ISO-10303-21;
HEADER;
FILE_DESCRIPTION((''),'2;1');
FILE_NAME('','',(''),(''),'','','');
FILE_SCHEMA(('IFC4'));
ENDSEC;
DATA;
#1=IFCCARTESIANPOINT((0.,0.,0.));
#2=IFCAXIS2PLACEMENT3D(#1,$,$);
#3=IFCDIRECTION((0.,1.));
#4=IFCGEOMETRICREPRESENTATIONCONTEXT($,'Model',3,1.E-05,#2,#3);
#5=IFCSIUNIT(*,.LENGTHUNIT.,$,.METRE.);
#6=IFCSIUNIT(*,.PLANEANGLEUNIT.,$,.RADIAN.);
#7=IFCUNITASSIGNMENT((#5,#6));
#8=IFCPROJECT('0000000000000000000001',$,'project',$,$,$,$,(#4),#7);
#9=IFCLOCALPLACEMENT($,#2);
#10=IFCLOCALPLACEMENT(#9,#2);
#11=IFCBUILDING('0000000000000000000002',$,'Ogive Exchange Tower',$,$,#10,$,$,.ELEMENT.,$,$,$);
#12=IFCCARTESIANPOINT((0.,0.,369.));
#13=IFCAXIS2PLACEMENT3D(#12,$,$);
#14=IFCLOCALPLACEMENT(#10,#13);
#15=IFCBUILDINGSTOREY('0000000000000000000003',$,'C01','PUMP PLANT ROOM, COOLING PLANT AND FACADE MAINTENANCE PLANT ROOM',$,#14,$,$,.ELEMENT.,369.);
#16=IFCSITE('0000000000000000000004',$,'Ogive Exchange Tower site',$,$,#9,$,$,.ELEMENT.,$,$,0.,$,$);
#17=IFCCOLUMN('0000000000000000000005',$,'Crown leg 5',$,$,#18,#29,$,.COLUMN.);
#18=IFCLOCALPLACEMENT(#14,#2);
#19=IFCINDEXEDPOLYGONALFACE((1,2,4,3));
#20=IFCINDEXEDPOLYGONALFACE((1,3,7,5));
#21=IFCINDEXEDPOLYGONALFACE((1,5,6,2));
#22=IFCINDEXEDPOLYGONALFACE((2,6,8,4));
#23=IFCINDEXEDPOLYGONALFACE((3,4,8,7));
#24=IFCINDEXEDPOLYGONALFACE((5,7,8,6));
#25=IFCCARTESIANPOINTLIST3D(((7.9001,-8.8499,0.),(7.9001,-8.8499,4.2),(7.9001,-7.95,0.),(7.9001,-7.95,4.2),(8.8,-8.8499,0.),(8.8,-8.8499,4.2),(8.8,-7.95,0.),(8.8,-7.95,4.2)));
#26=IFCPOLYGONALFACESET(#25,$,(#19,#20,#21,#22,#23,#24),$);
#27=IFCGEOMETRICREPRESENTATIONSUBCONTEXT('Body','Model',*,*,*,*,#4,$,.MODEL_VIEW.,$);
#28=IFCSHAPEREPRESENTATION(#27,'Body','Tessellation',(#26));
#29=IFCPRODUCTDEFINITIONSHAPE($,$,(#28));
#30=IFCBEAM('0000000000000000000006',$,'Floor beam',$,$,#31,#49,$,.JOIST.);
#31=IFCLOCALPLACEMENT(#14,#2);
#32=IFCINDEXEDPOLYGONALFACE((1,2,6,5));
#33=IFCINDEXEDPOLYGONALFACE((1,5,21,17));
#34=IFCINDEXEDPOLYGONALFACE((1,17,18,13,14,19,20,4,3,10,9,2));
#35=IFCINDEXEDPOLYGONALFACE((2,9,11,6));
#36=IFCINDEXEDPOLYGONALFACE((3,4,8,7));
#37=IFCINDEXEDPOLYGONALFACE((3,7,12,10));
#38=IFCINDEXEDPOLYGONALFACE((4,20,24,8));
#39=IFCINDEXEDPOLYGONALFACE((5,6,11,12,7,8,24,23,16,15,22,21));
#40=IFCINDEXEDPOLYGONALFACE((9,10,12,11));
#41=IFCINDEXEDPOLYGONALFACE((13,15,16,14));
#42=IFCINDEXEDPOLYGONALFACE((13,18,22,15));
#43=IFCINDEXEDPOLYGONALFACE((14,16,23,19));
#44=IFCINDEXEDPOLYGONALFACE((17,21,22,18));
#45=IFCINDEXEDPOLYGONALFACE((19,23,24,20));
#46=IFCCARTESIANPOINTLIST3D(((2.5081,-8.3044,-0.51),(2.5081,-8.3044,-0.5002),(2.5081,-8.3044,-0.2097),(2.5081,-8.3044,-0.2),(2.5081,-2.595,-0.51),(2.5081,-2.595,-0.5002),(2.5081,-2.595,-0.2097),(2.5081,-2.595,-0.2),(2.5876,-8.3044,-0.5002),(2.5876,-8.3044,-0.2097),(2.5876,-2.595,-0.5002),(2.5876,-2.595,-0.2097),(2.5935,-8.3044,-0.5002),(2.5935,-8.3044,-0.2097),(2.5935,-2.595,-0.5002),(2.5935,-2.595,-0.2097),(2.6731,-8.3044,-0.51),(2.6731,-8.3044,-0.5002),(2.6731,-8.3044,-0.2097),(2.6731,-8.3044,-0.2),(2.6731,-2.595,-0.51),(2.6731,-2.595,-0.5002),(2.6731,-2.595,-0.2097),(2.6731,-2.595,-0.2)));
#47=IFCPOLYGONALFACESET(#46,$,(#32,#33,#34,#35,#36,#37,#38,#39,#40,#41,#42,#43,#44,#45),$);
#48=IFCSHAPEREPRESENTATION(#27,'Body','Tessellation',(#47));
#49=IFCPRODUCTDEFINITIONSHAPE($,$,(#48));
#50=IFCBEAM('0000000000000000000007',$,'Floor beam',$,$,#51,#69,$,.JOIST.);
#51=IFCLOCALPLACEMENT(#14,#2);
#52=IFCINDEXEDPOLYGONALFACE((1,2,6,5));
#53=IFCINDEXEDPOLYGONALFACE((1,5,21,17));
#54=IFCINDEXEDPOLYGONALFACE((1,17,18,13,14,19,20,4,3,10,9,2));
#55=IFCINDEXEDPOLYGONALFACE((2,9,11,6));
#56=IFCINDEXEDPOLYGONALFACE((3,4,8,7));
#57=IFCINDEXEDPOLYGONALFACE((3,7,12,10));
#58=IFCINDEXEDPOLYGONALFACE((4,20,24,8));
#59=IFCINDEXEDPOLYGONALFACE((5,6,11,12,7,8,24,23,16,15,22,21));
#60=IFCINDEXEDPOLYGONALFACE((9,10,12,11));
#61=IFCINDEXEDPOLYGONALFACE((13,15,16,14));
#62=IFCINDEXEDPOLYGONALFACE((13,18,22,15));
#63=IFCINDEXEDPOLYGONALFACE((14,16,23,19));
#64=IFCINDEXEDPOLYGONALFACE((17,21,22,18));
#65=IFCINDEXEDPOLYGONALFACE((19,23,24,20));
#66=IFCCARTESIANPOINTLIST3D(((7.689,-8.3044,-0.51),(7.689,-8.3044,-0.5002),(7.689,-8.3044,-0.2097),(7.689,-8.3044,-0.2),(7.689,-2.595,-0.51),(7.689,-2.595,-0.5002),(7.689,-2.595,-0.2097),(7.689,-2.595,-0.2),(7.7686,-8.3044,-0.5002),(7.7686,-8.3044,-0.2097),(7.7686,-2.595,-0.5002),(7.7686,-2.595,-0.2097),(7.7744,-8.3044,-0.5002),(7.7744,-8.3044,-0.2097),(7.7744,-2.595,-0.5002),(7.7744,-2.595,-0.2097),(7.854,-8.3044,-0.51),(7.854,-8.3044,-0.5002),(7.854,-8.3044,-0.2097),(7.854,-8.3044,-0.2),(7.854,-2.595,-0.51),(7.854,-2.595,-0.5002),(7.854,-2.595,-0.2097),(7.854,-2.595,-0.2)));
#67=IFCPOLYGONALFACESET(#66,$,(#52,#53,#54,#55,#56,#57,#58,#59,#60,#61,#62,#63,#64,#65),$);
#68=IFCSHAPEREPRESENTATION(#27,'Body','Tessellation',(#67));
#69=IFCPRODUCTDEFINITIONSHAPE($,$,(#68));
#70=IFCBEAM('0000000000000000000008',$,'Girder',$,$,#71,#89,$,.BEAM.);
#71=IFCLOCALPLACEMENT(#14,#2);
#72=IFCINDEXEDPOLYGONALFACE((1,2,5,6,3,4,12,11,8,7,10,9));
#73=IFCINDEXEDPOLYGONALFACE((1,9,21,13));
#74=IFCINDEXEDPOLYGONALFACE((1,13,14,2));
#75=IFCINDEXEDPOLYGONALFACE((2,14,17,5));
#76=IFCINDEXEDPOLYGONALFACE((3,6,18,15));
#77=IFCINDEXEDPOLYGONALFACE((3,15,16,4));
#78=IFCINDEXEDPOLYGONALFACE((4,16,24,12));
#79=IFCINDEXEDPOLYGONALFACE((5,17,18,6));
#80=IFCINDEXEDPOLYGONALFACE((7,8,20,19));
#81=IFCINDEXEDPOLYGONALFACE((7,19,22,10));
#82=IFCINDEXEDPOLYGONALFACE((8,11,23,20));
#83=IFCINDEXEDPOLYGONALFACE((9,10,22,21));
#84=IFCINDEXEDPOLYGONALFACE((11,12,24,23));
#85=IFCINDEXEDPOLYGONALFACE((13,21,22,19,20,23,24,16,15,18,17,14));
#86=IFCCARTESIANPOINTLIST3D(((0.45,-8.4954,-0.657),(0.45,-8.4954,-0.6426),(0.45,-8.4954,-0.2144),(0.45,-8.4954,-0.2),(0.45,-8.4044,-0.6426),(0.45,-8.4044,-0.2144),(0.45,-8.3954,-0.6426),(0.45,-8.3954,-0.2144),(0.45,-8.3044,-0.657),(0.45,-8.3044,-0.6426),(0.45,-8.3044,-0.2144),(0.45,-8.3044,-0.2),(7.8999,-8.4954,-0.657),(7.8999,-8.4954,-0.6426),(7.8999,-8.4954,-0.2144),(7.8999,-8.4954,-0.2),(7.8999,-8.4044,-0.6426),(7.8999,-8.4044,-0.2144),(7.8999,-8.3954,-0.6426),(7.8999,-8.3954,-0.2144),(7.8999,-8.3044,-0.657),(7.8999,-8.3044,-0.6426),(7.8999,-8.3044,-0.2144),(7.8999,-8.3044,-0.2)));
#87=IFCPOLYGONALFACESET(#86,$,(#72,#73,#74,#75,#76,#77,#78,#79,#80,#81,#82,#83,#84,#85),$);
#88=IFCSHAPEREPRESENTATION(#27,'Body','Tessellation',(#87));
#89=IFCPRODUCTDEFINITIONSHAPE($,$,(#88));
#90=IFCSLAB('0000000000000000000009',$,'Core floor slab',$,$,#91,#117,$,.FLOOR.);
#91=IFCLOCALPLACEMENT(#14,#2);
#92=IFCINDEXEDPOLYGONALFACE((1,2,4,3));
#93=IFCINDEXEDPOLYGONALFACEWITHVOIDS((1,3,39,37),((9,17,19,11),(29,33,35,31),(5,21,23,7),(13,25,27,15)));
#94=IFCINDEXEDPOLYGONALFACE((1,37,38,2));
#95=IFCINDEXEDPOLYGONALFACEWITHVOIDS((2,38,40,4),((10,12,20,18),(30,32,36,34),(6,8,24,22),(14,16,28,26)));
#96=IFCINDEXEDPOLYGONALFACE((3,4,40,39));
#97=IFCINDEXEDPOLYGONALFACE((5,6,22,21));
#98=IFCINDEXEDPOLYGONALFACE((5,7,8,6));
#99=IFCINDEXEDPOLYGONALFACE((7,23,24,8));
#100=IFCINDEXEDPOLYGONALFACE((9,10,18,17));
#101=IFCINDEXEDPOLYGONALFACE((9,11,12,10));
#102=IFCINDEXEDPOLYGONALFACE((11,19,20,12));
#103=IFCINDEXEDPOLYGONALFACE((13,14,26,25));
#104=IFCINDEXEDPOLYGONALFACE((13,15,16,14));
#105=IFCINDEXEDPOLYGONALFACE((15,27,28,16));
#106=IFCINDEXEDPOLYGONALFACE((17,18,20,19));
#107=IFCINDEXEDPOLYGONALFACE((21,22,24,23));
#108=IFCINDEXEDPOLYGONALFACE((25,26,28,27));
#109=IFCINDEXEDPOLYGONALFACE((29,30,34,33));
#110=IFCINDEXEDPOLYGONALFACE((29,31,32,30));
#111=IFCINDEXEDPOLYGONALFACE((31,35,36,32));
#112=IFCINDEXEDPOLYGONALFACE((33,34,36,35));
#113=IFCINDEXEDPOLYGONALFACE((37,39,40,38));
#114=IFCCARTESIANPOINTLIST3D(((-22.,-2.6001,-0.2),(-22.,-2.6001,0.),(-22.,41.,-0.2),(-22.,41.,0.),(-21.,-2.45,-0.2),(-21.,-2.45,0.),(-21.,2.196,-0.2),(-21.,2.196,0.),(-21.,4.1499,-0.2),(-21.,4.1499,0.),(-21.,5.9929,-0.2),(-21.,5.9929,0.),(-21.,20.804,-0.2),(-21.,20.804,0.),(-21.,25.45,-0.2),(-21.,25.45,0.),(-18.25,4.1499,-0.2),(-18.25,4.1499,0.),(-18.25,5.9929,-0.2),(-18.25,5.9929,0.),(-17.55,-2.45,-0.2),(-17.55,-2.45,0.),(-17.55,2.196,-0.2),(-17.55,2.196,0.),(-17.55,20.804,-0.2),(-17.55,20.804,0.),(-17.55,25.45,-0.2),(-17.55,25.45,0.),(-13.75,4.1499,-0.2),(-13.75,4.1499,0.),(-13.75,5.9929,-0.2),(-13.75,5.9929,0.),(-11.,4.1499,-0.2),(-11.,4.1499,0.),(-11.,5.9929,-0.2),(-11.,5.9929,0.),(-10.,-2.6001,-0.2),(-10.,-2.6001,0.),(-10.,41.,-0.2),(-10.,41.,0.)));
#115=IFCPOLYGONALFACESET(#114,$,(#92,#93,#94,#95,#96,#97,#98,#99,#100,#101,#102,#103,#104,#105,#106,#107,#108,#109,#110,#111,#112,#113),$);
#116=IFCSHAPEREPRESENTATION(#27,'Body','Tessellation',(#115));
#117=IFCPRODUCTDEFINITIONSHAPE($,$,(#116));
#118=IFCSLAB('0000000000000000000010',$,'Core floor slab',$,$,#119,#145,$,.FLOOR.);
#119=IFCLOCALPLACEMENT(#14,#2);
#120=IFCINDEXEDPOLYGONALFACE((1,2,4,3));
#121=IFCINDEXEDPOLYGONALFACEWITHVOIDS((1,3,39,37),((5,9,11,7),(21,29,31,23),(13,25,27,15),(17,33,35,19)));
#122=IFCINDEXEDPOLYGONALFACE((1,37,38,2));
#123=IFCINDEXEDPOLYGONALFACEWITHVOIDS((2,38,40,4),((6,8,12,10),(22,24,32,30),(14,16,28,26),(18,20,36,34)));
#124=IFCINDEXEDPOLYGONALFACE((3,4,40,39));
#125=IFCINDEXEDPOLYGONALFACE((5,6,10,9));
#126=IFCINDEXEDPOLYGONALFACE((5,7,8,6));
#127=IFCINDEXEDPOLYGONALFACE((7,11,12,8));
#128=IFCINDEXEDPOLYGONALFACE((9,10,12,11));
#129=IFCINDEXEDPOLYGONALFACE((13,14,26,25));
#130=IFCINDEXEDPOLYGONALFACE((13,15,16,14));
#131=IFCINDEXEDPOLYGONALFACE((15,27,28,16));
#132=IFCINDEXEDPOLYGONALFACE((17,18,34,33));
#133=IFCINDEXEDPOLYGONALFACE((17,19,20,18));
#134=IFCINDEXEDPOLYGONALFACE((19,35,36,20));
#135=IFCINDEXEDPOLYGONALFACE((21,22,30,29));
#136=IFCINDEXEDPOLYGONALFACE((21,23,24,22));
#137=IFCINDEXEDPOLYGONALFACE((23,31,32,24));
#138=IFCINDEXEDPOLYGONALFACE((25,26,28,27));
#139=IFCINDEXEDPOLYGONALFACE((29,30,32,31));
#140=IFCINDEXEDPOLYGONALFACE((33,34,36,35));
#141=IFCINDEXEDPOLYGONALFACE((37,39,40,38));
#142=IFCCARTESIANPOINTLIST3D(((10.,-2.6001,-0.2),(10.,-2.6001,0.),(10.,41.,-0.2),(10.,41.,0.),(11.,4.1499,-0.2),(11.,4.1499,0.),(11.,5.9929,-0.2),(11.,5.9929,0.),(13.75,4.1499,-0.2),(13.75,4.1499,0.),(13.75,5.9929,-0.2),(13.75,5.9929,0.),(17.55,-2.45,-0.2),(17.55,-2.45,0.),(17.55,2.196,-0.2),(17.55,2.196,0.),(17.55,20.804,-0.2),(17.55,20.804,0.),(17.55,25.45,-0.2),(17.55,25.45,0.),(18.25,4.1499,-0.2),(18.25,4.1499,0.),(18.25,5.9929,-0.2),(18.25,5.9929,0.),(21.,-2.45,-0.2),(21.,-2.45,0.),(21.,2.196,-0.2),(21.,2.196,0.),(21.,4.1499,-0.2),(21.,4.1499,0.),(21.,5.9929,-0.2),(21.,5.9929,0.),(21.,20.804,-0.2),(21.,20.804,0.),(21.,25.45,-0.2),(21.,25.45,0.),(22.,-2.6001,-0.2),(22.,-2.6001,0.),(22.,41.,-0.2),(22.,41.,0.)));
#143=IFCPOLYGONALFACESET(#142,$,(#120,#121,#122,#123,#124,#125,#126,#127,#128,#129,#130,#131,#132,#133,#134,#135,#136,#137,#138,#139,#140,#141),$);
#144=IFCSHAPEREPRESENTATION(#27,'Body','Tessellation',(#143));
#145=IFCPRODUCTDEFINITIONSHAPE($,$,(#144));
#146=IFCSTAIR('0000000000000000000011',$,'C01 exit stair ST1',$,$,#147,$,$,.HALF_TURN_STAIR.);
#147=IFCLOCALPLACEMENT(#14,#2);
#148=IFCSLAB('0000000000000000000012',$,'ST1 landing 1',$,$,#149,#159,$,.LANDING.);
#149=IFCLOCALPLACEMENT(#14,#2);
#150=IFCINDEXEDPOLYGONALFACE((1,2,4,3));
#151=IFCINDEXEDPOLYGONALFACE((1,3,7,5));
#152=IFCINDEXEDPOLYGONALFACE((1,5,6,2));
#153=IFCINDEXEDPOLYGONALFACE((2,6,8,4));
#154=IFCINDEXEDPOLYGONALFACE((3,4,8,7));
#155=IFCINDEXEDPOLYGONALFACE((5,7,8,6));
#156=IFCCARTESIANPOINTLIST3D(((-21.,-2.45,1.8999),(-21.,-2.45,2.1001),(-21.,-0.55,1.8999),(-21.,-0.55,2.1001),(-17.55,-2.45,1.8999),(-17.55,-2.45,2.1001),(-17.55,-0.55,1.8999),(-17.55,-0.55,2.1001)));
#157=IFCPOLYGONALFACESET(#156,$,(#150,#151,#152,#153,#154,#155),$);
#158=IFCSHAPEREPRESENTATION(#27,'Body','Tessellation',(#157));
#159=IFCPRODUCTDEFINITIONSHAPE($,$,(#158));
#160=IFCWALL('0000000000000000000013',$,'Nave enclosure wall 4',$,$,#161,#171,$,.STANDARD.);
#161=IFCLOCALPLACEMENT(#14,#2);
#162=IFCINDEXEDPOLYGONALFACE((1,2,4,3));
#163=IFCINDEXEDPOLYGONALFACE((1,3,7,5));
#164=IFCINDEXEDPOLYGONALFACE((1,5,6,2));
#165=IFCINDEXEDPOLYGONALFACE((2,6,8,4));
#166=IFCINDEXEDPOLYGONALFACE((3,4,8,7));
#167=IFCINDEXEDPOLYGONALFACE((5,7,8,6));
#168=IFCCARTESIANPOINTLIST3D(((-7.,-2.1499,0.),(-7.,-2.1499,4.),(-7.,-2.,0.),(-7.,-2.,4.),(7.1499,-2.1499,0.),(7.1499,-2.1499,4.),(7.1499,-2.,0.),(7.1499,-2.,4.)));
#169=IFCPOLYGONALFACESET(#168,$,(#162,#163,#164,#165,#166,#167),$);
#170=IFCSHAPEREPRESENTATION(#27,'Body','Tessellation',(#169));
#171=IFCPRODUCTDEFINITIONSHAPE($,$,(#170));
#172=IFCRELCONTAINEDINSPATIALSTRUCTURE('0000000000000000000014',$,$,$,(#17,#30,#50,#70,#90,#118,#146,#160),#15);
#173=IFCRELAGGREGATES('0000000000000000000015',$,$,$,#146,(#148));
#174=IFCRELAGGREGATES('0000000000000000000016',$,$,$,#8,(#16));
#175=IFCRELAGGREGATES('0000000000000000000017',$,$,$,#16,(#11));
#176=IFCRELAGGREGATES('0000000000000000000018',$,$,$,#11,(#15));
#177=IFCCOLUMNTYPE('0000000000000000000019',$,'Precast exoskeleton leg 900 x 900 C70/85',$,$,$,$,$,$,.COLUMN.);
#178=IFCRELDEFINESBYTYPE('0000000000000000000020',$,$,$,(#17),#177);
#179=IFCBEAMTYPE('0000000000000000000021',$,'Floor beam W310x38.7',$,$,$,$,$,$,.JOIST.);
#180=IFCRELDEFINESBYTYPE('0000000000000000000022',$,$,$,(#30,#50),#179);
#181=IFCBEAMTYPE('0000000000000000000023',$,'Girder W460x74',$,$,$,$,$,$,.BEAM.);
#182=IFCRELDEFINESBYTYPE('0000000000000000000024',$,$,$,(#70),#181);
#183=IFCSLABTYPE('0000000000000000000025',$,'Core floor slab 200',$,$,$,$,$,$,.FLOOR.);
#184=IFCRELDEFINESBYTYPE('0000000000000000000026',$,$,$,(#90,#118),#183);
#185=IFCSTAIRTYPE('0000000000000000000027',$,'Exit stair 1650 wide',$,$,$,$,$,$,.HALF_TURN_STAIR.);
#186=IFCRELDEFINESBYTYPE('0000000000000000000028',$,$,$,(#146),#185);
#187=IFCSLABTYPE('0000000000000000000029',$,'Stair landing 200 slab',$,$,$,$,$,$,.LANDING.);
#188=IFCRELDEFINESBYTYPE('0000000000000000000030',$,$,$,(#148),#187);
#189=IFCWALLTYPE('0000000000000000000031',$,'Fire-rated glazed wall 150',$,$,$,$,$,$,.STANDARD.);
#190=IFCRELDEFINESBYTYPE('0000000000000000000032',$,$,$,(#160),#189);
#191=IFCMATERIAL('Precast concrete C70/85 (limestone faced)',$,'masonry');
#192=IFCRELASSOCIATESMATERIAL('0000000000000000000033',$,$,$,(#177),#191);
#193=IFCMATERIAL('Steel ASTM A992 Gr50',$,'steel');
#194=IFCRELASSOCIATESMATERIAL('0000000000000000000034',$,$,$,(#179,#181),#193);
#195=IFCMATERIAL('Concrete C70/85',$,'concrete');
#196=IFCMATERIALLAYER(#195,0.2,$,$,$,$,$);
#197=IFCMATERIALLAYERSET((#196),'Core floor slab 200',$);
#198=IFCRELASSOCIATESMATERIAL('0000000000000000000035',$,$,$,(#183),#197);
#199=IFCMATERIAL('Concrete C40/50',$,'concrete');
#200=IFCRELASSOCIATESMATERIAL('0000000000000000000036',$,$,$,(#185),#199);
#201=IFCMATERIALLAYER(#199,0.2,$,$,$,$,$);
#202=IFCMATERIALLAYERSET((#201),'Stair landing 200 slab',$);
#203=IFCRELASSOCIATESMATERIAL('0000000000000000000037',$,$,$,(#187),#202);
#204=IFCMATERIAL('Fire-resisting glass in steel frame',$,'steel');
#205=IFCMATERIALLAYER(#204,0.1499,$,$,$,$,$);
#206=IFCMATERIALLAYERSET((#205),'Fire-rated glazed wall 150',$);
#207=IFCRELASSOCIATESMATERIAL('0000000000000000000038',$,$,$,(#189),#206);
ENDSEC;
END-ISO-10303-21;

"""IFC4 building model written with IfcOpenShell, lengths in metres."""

from ifc_helpers import new_model, si_unit, direction, frame, frame_2d, origin, origin_2d, place, context, subcontext, project, spatial, polyline, rectangle, i_section, outline, extrude, material, layer, layer_set, material_profile, profile_set, type_object, element, aggregate, save


model = new_model("IFC4")

# Units and contexts
model_context = context("Model", 3, precision=1e-05, world=origin(), true_north=direction((0.0, 1.0)))
body_context = subcontext(model_context, "Body", "Model", "MODEL_VIEW")
ifc_project = project(units=[si_unit("LENGTHUNIT", "METRE"), si_unit("PLANEANGLEUNIT", "RADIAN")], contexts=[model_context])

# Site, building, storey
site_placement = place(None, origin())
site = spatial("IfcSite", under=ifc_project, at=site_placement, Name="Ogive Exchange Tower site", CompositionType="ELEMENT", RefElevation=0.0)
building_placement = place(site_placement, origin())
building = spatial("IfcBuilding", under=site, at=building_placement, Name="Ogive Exchange Tower", CompositionType="ELEMENT")
storey_placement = place(building_placement, frame((0.0, 0.0, 369.0)))
storey = spatial("IfcBuildingStorey", under=building, at=storey_placement, Name="C01", Description="PUMP PLANT ROOM, COOLING PLANT AND FACADE MAINTENANCE PLANT ROOM", CompositionType="ELEMENT", Elevation=369.0)

# Column
ifc_material_1 = material(Name="Precast concrete C70/85 (limestone faced)", Category="masonry")
ifc_material_profile_1 = material_profile(ifc_material_1, rectangle(XDim=0.8999, YDim=0.8999, at=origin_2d()), Name="900 x 900")
ifc_profile_set_1 = profile_set([ifc_material_profile_1], Name="Precast concrete C70/85 (limestone faced)")
column_type = type_object("IfcColumnType", Name="Precast exoskeleton leg 900 x 900 C70/85", PredefinedType="COLUMN", material=ifc_profile_set_1)
column_placement = place(storey_placement, frame((8.3501, -8.3999, 0.0), z_axis=(0.0, 0.0, 1.0), x_axis=(1.0, 0.0, 0.0)))
element("IfcColumn", 1, at=column_placement, inside=storey, type_object=column_type, Name="Crown leg 5", PredefinedType="COLUMN", context=body_context, shape_type="SweptSolid", body=[
    extrude(rectangle(XDim=0.8999, YDim=0.8999, at=origin_2d()), origin(), (0.0, 0.0, 1.0), 4.2),
])

# Beams
ifc_material_2 = material(Name="Steel ASTM A992 Gr50", Category="steel")
ifc_material_profile_2 = material_profile(ifc_material_2, i_section(OverallWidth=0.165, OverallDepth=0.3101, WebThickness=0.0059, FlangeThickness=0.0098, at=origin_2d()), Name="W310x38.7")
ifc_profile_set_2 = profile_set([ifc_material_profile_2], Name="Steel ASTM A992 Gr50")
beam_type_1 = type_object("IfcBeamType", Name="Floor beam W310x38.7", PredefinedType="JOIST", material=ifc_profile_set_2)
for number, where, z_axis, x_axis, name in (
    (2, (2.5906, -8.3044, -0.355), (0.0, 1.0, 0.0), (-1.0, 0.0, 0.0), "Floor beam"),
    (3, (7.7715, -8.3044, -0.355), (0.0, 1.0, 0.0), (-1.0, 0.0, 0.0), "Floor beam"),
):
    element("IfcBeam", number, at=place(storey_placement, frame(where, z_axis=z_axis, x_axis=x_axis)), inside=storey, type_object=beam_type_1, Name=name, PredefinedType="JOIST", context=body_context, shape_type="SweptSolid", body=[
        extrude(i_section(OverallWidth=0.165, OverallDepth=0.3101, WebThickness=0.0059, FlangeThickness=0.0098, at=origin_2d()), origin(), (0.0, 0.0, 1.0), 5.7095),
    ])
ifc_material_profile_3 = material_profile(ifc_material_2, i_section(OverallWidth=0.1909, OverallDepth=0.457, WebThickness=0.009, FlangeThickness=0.0144, at=origin_2d()), Name="W460x74")
ifc_profile_set_3 = profile_set([ifc_material_profile_3], Name="Steel ASTM A992 Gr50")
beam_type_2 = type_object("IfcBeamType", Name="Girder W460x74", PredefinedType="BEAM", material=ifc_profile_set_3)
beam_placement = place(storey_placement, frame((0.45, -8.3999, -0.4285), z_axis=(1.0, 0.0, 0.0), x_axis=(0.0, 1.0, 0.0)))
element("IfcBeam", 4, at=beam_placement, inside=storey, type_object=beam_type_2, Name="Girder", PredefinedType="BEAM", context=body_context, shape_type="SweptSolid", body=[
    extrude(i_section(OverallWidth=0.1909, OverallDepth=0.457, WebThickness=0.009, FlangeThickness=0.0144, at=origin_2d()), origin(), (0.0, 0.0, 1.0), 7.45),
])

# Slabs
ifc_material_3 = material(Name="Concrete C70/85", Category="concrete")
ifc_layer_1 = layer(ifc_material_3, 0.2)
ifc_layer_set_1 = layer_set([ifc_layer_1], Name="Core floor slab 200")
slab_type_1 = type_object("IfcSlabType", Name="Core floor slab 200", PredefinedType="FLOOR", material=ifc_layer_set_1)
slab_1_placement = place(storey_placement, frame((0.0, 0.0, -0.2)))
element("IfcSlab", 5, at=slab_1_placement, inside=storey, type_object=slab_type_1, Name="Core floor slab", PredefinedType="FLOOR", context=body_context, shape_type="SweptSolid", body=[
    extrude(outline(polyline([(-22.0, 41.0), (-10.0, 41.0), (-10.0, -2.6001), (-22.0, -2.6001), (-22.0, 41.0)]), holes=[polyline([(-17.55, 2.196), (-21.0, 2.196), (-21.0, -2.45), (-17.55, -2.45), (-17.55, 2.196)]), polyline([(-21.0, 5.9929), (-21.0, 4.1499), (-18.25, 4.1499), (-18.25, 5.9929), (-21.0, 5.9929)]), polyline([(-13.75, 5.9929), (-13.75, 4.1499), (-11.0, 4.1499), (-11.0, 5.9929), (-13.75, 5.9929)]), polyline([(-21.0, 20.804), (-17.55, 20.804), (-17.55, 25.45), (-21.0, 25.45), (-21.0, 20.804)])]), origin(), (0.0, 0.0, 1.0), 0.2),
])
slab_2_placement = place(storey_placement, frame((0.0, 0.0, -0.2)))
element("IfcSlab", 6, at=slab_2_placement, inside=storey, type_object=slab_type_1, Name="Core floor slab", PredefinedType="FLOOR", context=body_context, shape_type="SweptSolid", body=[
    extrude(outline(polyline([(10.0, 41.0), (22.0, 41.0), (22.0, -2.6001), (10.0, -2.6001), (10.0, 41.0)]), holes=[polyline([(21.0, 2.196), (17.55, 2.196), (17.55, -2.45), (21.0, -2.45), (21.0, 2.196)]), polyline([(11.0, 5.9929), (11.0, 4.1499), (13.75, 4.1499), (13.75, 5.9929), (11.0, 5.9929)]), polyline([(18.25, 5.9929), (18.25, 4.1499), (21.0, 4.1499), (21.0, 5.9929), (18.25, 5.9929)]), polyline([(17.55, 20.804), (21.0, 20.804), (21.0, 25.45), (17.55, 25.45), (17.55, 20.804)])]), origin(), (0.0, 0.0, 1.0), 0.2),
])

# Stair, slab
ifc_material_4 = material(Name="Concrete C40/50", Category="concrete")
stair_type = type_object("IfcStairType", Name="Exit stair 1650 wide", PredefinedType="HALF_TURN_STAIR", material=ifc_material_4)
stair_placement = place(storey_placement, origin())
stair = element("IfcStair", 7, at=stair_placement, inside=storey, type_object=stair_type, Name="C01 exit stair ST1", PredefinedType="HALF_TURN_STAIR")
ifc_layer_2 = layer(ifc_material_4, 0.2)
ifc_layer_set_2 = layer_set([ifc_layer_2], Name="Stair landing 200 slab")
slab_type_2 = type_object("IfcSlabType", Name="Stair landing 200 slab", PredefinedType="LANDING", material=ifc_layer_set_2)
slab_3_placement = place(storey_placement, frame((0.0, 0.0, 1.8999)))
slab_3 = element("IfcSlab", 8, at=slab_3_placement, type_object=slab_type_2, Name="ST1 landing 1", PredefinedType="LANDING", context=body_context, shape_type="SweptSolid", body=[
    extrude(outline(polyline([(-21.0, -0.55), (-21.0, -2.45), (-17.55, -2.45), (-17.55, -0.55), (-21.0, -0.55)])), origin(), (0.0, 0.0, 1.0), 0.2002),
])
aggregate(stair, [slab_3])

# Wall
ifc_material_5 = material(Name="Fire-resisting glass in steel frame", Category="steel")
ifc_layer_3 = layer(ifc_material_5, 0.1499)
ifc_layer_set_3 = layer_set([ifc_layer_3], Name="Fire-rated glazed wall 150")
wall_type_1 = type_object("IfcWallType", Name="Fire-rated glazed wall 150", PredefinedType="STANDARD", material=ifc_layer_set_3)
wall_1_placement = place(storey_placement, frame((7.1499, -2.075, 0.0), z_axis=(0.0, 0.0, 1.0), x_axis=(-1.0, 0.0, 0.0)))
element("IfcWall", 9, at=wall_1_placement, inside=storey, type_object=wall_type_1, Name="Nave enclosure wall 4", PredefinedType="STANDARD", context=body_context, shape_type="SweptSolid", body=[
    extrude(rectangle(XDim=14.1499, YDim=0.1499, at=frame_2d((7.075, 0.0))), origin(), (0.0, 0.0, 1.0), 4.0),
])

save(model, "model.ifc")
